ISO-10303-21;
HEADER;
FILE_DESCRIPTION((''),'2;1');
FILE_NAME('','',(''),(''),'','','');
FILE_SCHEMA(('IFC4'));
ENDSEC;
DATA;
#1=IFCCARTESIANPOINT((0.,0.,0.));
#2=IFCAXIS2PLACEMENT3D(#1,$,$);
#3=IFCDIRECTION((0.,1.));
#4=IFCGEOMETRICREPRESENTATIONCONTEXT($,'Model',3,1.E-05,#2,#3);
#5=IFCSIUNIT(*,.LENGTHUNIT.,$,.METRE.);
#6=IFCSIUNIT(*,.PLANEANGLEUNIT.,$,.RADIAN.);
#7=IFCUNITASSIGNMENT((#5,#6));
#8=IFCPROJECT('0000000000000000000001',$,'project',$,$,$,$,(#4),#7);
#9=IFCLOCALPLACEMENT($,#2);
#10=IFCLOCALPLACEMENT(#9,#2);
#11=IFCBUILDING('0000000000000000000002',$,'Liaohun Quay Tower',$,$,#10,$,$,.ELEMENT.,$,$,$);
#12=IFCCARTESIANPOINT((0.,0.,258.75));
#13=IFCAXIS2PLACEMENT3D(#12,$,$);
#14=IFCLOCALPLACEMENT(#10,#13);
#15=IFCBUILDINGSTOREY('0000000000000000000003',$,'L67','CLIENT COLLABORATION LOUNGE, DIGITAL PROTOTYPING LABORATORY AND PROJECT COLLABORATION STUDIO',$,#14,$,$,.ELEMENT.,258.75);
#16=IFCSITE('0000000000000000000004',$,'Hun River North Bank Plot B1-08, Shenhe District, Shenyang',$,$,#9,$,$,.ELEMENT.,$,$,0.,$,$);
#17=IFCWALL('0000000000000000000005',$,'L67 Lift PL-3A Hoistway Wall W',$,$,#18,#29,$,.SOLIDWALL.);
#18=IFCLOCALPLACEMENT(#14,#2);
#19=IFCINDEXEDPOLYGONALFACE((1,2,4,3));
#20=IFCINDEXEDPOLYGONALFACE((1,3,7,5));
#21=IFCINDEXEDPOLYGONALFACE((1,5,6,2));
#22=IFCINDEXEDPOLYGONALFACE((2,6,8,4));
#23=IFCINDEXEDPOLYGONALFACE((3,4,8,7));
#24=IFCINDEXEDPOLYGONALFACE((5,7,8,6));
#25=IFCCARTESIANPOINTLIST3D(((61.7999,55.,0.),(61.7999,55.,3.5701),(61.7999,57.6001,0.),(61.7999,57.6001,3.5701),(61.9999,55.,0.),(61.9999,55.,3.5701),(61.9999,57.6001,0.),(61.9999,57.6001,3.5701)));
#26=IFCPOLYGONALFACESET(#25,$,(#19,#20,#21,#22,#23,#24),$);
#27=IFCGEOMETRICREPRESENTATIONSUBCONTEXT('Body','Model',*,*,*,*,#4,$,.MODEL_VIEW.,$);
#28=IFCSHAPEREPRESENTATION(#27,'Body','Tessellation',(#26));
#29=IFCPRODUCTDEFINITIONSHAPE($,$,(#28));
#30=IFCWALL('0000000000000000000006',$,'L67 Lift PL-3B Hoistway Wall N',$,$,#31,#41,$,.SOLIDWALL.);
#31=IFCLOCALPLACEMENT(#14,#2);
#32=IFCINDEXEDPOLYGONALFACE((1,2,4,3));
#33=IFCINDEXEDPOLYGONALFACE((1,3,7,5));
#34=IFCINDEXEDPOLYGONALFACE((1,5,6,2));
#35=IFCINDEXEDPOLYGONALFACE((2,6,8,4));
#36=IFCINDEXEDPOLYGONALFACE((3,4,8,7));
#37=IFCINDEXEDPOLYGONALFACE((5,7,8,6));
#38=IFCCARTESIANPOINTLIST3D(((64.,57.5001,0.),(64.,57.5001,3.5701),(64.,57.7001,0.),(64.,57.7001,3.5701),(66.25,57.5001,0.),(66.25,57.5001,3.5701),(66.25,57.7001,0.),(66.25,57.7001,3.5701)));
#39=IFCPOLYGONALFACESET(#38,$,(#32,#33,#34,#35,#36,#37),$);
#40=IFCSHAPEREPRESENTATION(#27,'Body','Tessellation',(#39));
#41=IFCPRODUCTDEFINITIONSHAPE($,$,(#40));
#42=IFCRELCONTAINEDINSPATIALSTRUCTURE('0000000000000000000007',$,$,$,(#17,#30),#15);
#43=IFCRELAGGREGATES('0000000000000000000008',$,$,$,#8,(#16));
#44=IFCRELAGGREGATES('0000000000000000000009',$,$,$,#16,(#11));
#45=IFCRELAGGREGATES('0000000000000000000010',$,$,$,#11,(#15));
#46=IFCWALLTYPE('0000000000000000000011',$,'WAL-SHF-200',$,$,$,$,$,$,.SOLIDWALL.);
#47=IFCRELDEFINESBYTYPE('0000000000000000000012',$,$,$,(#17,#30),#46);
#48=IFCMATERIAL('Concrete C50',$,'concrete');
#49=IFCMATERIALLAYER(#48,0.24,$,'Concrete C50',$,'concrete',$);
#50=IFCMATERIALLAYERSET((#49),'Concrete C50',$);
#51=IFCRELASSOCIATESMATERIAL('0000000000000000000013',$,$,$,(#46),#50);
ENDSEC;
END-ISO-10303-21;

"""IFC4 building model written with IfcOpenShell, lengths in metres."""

from ifc_helpers import new_model, si_unit, direction, frame, frame_2d, origin, place, context, subcontext, project, spatial, rectangle, extrude, material, layer, layer_set, type_object, element, save


model = new_model("IFC4")

# Units and contexts
model_context = context("Model", 3, precision=1e-05, world=origin(), true_north=direction((0.0, 1.0)))
body_context = subcontext(model_context, "Body", "Model", "MODEL_VIEW")
ifc_project = project(units=[si_unit("LENGTHUNIT", "METRE"), si_unit("PLANEANGLEUNIT", "RADIAN")], contexts=[model_context])

# Site, building, storey
site_placement = place(None, origin())
site = spatial("IfcSite", under=ifc_project, at=site_placement, Name="Hun River North Bank Plot B1-08, Shenhe District, Shenyang", CompositionType="ELEMENT", RefElevation=0.0)
building_placement = place(site_placement, origin())
building = spatial("IfcBuilding", under=site, at=building_placement, Name="Liaohun Quay Tower", CompositionType="ELEMENT")
storey_placement = place(building_placement, frame((0.0, 0.0, 258.75)))
storey = spatial("IfcBuildingStorey", under=building, at=storey_placement, Name="L67", Description="CLIENT COLLABORATION LOUNGE, DIGITAL PROTOTYPING LABORATORY AND PROJECT COLLABORATION STUDIO", CompositionType="ELEMENT", Elevation=258.75)

# Walls
ifc_material_1 = material(Name="Concrete C50", Category="concrete")
ifc_layer_1 = layer(ifc_material_1, 0.24, Name="Concrete C50", Category="concrete")
ifc_layer_set_1 = layer_set([ifc_layer_1], Name="Concrete C50")
wall_type_1 = type_object("IfcWallType", Name="WAL-SHF-200", PredefinedType="SOLIDWALL", material=ifc_layer_set_1)
wall_1_placement = place(storey_placement, frame((61.8999, 57.6001, 0.0), z_axis=(0.0, 0.0, 1.0), x_axis=(0.0, -1.0, 0.0)))
element("IfcWall", 1, at=wall_1_placement, inside=storey, type_object=wall_type_1, Name="L67 Lift PL-3A Hoistway Wall W", PredefinedType="SOLIDWALL", context=body_context, shape_type="SweptSolid", body=[
    extrude(rectangle(XDim=2.6001, YDim=0.2, at=frame_2d((1.3, 0.0))), origin(), (0.0, 0.0, 1.0), 3.5701),
])
wall_2_placement = place(storey_placement, frame((66.25, 57.6001, 0.0), z_axis=(0.0, 0.0, 1.0), x_axis=(-1.0, 0.0, 0.0)))
element("IfcWall", 2, at=wall_2_placement, inside=storey, type_object=wall_type_1, Name="L67 Lift PL-3B Hoistway Wall N", PredefinedType="SOLIDWALL", context=body_context, shape_type="SweptSolid", body=[
    extrude(rectangle(XDim=2.25, YDim=0.2, at=frame_2d((1.125, 0.0))), origin(), (0.0, 0.0, 1.0), 3.5701),
])

save(model, "model.ifc")
